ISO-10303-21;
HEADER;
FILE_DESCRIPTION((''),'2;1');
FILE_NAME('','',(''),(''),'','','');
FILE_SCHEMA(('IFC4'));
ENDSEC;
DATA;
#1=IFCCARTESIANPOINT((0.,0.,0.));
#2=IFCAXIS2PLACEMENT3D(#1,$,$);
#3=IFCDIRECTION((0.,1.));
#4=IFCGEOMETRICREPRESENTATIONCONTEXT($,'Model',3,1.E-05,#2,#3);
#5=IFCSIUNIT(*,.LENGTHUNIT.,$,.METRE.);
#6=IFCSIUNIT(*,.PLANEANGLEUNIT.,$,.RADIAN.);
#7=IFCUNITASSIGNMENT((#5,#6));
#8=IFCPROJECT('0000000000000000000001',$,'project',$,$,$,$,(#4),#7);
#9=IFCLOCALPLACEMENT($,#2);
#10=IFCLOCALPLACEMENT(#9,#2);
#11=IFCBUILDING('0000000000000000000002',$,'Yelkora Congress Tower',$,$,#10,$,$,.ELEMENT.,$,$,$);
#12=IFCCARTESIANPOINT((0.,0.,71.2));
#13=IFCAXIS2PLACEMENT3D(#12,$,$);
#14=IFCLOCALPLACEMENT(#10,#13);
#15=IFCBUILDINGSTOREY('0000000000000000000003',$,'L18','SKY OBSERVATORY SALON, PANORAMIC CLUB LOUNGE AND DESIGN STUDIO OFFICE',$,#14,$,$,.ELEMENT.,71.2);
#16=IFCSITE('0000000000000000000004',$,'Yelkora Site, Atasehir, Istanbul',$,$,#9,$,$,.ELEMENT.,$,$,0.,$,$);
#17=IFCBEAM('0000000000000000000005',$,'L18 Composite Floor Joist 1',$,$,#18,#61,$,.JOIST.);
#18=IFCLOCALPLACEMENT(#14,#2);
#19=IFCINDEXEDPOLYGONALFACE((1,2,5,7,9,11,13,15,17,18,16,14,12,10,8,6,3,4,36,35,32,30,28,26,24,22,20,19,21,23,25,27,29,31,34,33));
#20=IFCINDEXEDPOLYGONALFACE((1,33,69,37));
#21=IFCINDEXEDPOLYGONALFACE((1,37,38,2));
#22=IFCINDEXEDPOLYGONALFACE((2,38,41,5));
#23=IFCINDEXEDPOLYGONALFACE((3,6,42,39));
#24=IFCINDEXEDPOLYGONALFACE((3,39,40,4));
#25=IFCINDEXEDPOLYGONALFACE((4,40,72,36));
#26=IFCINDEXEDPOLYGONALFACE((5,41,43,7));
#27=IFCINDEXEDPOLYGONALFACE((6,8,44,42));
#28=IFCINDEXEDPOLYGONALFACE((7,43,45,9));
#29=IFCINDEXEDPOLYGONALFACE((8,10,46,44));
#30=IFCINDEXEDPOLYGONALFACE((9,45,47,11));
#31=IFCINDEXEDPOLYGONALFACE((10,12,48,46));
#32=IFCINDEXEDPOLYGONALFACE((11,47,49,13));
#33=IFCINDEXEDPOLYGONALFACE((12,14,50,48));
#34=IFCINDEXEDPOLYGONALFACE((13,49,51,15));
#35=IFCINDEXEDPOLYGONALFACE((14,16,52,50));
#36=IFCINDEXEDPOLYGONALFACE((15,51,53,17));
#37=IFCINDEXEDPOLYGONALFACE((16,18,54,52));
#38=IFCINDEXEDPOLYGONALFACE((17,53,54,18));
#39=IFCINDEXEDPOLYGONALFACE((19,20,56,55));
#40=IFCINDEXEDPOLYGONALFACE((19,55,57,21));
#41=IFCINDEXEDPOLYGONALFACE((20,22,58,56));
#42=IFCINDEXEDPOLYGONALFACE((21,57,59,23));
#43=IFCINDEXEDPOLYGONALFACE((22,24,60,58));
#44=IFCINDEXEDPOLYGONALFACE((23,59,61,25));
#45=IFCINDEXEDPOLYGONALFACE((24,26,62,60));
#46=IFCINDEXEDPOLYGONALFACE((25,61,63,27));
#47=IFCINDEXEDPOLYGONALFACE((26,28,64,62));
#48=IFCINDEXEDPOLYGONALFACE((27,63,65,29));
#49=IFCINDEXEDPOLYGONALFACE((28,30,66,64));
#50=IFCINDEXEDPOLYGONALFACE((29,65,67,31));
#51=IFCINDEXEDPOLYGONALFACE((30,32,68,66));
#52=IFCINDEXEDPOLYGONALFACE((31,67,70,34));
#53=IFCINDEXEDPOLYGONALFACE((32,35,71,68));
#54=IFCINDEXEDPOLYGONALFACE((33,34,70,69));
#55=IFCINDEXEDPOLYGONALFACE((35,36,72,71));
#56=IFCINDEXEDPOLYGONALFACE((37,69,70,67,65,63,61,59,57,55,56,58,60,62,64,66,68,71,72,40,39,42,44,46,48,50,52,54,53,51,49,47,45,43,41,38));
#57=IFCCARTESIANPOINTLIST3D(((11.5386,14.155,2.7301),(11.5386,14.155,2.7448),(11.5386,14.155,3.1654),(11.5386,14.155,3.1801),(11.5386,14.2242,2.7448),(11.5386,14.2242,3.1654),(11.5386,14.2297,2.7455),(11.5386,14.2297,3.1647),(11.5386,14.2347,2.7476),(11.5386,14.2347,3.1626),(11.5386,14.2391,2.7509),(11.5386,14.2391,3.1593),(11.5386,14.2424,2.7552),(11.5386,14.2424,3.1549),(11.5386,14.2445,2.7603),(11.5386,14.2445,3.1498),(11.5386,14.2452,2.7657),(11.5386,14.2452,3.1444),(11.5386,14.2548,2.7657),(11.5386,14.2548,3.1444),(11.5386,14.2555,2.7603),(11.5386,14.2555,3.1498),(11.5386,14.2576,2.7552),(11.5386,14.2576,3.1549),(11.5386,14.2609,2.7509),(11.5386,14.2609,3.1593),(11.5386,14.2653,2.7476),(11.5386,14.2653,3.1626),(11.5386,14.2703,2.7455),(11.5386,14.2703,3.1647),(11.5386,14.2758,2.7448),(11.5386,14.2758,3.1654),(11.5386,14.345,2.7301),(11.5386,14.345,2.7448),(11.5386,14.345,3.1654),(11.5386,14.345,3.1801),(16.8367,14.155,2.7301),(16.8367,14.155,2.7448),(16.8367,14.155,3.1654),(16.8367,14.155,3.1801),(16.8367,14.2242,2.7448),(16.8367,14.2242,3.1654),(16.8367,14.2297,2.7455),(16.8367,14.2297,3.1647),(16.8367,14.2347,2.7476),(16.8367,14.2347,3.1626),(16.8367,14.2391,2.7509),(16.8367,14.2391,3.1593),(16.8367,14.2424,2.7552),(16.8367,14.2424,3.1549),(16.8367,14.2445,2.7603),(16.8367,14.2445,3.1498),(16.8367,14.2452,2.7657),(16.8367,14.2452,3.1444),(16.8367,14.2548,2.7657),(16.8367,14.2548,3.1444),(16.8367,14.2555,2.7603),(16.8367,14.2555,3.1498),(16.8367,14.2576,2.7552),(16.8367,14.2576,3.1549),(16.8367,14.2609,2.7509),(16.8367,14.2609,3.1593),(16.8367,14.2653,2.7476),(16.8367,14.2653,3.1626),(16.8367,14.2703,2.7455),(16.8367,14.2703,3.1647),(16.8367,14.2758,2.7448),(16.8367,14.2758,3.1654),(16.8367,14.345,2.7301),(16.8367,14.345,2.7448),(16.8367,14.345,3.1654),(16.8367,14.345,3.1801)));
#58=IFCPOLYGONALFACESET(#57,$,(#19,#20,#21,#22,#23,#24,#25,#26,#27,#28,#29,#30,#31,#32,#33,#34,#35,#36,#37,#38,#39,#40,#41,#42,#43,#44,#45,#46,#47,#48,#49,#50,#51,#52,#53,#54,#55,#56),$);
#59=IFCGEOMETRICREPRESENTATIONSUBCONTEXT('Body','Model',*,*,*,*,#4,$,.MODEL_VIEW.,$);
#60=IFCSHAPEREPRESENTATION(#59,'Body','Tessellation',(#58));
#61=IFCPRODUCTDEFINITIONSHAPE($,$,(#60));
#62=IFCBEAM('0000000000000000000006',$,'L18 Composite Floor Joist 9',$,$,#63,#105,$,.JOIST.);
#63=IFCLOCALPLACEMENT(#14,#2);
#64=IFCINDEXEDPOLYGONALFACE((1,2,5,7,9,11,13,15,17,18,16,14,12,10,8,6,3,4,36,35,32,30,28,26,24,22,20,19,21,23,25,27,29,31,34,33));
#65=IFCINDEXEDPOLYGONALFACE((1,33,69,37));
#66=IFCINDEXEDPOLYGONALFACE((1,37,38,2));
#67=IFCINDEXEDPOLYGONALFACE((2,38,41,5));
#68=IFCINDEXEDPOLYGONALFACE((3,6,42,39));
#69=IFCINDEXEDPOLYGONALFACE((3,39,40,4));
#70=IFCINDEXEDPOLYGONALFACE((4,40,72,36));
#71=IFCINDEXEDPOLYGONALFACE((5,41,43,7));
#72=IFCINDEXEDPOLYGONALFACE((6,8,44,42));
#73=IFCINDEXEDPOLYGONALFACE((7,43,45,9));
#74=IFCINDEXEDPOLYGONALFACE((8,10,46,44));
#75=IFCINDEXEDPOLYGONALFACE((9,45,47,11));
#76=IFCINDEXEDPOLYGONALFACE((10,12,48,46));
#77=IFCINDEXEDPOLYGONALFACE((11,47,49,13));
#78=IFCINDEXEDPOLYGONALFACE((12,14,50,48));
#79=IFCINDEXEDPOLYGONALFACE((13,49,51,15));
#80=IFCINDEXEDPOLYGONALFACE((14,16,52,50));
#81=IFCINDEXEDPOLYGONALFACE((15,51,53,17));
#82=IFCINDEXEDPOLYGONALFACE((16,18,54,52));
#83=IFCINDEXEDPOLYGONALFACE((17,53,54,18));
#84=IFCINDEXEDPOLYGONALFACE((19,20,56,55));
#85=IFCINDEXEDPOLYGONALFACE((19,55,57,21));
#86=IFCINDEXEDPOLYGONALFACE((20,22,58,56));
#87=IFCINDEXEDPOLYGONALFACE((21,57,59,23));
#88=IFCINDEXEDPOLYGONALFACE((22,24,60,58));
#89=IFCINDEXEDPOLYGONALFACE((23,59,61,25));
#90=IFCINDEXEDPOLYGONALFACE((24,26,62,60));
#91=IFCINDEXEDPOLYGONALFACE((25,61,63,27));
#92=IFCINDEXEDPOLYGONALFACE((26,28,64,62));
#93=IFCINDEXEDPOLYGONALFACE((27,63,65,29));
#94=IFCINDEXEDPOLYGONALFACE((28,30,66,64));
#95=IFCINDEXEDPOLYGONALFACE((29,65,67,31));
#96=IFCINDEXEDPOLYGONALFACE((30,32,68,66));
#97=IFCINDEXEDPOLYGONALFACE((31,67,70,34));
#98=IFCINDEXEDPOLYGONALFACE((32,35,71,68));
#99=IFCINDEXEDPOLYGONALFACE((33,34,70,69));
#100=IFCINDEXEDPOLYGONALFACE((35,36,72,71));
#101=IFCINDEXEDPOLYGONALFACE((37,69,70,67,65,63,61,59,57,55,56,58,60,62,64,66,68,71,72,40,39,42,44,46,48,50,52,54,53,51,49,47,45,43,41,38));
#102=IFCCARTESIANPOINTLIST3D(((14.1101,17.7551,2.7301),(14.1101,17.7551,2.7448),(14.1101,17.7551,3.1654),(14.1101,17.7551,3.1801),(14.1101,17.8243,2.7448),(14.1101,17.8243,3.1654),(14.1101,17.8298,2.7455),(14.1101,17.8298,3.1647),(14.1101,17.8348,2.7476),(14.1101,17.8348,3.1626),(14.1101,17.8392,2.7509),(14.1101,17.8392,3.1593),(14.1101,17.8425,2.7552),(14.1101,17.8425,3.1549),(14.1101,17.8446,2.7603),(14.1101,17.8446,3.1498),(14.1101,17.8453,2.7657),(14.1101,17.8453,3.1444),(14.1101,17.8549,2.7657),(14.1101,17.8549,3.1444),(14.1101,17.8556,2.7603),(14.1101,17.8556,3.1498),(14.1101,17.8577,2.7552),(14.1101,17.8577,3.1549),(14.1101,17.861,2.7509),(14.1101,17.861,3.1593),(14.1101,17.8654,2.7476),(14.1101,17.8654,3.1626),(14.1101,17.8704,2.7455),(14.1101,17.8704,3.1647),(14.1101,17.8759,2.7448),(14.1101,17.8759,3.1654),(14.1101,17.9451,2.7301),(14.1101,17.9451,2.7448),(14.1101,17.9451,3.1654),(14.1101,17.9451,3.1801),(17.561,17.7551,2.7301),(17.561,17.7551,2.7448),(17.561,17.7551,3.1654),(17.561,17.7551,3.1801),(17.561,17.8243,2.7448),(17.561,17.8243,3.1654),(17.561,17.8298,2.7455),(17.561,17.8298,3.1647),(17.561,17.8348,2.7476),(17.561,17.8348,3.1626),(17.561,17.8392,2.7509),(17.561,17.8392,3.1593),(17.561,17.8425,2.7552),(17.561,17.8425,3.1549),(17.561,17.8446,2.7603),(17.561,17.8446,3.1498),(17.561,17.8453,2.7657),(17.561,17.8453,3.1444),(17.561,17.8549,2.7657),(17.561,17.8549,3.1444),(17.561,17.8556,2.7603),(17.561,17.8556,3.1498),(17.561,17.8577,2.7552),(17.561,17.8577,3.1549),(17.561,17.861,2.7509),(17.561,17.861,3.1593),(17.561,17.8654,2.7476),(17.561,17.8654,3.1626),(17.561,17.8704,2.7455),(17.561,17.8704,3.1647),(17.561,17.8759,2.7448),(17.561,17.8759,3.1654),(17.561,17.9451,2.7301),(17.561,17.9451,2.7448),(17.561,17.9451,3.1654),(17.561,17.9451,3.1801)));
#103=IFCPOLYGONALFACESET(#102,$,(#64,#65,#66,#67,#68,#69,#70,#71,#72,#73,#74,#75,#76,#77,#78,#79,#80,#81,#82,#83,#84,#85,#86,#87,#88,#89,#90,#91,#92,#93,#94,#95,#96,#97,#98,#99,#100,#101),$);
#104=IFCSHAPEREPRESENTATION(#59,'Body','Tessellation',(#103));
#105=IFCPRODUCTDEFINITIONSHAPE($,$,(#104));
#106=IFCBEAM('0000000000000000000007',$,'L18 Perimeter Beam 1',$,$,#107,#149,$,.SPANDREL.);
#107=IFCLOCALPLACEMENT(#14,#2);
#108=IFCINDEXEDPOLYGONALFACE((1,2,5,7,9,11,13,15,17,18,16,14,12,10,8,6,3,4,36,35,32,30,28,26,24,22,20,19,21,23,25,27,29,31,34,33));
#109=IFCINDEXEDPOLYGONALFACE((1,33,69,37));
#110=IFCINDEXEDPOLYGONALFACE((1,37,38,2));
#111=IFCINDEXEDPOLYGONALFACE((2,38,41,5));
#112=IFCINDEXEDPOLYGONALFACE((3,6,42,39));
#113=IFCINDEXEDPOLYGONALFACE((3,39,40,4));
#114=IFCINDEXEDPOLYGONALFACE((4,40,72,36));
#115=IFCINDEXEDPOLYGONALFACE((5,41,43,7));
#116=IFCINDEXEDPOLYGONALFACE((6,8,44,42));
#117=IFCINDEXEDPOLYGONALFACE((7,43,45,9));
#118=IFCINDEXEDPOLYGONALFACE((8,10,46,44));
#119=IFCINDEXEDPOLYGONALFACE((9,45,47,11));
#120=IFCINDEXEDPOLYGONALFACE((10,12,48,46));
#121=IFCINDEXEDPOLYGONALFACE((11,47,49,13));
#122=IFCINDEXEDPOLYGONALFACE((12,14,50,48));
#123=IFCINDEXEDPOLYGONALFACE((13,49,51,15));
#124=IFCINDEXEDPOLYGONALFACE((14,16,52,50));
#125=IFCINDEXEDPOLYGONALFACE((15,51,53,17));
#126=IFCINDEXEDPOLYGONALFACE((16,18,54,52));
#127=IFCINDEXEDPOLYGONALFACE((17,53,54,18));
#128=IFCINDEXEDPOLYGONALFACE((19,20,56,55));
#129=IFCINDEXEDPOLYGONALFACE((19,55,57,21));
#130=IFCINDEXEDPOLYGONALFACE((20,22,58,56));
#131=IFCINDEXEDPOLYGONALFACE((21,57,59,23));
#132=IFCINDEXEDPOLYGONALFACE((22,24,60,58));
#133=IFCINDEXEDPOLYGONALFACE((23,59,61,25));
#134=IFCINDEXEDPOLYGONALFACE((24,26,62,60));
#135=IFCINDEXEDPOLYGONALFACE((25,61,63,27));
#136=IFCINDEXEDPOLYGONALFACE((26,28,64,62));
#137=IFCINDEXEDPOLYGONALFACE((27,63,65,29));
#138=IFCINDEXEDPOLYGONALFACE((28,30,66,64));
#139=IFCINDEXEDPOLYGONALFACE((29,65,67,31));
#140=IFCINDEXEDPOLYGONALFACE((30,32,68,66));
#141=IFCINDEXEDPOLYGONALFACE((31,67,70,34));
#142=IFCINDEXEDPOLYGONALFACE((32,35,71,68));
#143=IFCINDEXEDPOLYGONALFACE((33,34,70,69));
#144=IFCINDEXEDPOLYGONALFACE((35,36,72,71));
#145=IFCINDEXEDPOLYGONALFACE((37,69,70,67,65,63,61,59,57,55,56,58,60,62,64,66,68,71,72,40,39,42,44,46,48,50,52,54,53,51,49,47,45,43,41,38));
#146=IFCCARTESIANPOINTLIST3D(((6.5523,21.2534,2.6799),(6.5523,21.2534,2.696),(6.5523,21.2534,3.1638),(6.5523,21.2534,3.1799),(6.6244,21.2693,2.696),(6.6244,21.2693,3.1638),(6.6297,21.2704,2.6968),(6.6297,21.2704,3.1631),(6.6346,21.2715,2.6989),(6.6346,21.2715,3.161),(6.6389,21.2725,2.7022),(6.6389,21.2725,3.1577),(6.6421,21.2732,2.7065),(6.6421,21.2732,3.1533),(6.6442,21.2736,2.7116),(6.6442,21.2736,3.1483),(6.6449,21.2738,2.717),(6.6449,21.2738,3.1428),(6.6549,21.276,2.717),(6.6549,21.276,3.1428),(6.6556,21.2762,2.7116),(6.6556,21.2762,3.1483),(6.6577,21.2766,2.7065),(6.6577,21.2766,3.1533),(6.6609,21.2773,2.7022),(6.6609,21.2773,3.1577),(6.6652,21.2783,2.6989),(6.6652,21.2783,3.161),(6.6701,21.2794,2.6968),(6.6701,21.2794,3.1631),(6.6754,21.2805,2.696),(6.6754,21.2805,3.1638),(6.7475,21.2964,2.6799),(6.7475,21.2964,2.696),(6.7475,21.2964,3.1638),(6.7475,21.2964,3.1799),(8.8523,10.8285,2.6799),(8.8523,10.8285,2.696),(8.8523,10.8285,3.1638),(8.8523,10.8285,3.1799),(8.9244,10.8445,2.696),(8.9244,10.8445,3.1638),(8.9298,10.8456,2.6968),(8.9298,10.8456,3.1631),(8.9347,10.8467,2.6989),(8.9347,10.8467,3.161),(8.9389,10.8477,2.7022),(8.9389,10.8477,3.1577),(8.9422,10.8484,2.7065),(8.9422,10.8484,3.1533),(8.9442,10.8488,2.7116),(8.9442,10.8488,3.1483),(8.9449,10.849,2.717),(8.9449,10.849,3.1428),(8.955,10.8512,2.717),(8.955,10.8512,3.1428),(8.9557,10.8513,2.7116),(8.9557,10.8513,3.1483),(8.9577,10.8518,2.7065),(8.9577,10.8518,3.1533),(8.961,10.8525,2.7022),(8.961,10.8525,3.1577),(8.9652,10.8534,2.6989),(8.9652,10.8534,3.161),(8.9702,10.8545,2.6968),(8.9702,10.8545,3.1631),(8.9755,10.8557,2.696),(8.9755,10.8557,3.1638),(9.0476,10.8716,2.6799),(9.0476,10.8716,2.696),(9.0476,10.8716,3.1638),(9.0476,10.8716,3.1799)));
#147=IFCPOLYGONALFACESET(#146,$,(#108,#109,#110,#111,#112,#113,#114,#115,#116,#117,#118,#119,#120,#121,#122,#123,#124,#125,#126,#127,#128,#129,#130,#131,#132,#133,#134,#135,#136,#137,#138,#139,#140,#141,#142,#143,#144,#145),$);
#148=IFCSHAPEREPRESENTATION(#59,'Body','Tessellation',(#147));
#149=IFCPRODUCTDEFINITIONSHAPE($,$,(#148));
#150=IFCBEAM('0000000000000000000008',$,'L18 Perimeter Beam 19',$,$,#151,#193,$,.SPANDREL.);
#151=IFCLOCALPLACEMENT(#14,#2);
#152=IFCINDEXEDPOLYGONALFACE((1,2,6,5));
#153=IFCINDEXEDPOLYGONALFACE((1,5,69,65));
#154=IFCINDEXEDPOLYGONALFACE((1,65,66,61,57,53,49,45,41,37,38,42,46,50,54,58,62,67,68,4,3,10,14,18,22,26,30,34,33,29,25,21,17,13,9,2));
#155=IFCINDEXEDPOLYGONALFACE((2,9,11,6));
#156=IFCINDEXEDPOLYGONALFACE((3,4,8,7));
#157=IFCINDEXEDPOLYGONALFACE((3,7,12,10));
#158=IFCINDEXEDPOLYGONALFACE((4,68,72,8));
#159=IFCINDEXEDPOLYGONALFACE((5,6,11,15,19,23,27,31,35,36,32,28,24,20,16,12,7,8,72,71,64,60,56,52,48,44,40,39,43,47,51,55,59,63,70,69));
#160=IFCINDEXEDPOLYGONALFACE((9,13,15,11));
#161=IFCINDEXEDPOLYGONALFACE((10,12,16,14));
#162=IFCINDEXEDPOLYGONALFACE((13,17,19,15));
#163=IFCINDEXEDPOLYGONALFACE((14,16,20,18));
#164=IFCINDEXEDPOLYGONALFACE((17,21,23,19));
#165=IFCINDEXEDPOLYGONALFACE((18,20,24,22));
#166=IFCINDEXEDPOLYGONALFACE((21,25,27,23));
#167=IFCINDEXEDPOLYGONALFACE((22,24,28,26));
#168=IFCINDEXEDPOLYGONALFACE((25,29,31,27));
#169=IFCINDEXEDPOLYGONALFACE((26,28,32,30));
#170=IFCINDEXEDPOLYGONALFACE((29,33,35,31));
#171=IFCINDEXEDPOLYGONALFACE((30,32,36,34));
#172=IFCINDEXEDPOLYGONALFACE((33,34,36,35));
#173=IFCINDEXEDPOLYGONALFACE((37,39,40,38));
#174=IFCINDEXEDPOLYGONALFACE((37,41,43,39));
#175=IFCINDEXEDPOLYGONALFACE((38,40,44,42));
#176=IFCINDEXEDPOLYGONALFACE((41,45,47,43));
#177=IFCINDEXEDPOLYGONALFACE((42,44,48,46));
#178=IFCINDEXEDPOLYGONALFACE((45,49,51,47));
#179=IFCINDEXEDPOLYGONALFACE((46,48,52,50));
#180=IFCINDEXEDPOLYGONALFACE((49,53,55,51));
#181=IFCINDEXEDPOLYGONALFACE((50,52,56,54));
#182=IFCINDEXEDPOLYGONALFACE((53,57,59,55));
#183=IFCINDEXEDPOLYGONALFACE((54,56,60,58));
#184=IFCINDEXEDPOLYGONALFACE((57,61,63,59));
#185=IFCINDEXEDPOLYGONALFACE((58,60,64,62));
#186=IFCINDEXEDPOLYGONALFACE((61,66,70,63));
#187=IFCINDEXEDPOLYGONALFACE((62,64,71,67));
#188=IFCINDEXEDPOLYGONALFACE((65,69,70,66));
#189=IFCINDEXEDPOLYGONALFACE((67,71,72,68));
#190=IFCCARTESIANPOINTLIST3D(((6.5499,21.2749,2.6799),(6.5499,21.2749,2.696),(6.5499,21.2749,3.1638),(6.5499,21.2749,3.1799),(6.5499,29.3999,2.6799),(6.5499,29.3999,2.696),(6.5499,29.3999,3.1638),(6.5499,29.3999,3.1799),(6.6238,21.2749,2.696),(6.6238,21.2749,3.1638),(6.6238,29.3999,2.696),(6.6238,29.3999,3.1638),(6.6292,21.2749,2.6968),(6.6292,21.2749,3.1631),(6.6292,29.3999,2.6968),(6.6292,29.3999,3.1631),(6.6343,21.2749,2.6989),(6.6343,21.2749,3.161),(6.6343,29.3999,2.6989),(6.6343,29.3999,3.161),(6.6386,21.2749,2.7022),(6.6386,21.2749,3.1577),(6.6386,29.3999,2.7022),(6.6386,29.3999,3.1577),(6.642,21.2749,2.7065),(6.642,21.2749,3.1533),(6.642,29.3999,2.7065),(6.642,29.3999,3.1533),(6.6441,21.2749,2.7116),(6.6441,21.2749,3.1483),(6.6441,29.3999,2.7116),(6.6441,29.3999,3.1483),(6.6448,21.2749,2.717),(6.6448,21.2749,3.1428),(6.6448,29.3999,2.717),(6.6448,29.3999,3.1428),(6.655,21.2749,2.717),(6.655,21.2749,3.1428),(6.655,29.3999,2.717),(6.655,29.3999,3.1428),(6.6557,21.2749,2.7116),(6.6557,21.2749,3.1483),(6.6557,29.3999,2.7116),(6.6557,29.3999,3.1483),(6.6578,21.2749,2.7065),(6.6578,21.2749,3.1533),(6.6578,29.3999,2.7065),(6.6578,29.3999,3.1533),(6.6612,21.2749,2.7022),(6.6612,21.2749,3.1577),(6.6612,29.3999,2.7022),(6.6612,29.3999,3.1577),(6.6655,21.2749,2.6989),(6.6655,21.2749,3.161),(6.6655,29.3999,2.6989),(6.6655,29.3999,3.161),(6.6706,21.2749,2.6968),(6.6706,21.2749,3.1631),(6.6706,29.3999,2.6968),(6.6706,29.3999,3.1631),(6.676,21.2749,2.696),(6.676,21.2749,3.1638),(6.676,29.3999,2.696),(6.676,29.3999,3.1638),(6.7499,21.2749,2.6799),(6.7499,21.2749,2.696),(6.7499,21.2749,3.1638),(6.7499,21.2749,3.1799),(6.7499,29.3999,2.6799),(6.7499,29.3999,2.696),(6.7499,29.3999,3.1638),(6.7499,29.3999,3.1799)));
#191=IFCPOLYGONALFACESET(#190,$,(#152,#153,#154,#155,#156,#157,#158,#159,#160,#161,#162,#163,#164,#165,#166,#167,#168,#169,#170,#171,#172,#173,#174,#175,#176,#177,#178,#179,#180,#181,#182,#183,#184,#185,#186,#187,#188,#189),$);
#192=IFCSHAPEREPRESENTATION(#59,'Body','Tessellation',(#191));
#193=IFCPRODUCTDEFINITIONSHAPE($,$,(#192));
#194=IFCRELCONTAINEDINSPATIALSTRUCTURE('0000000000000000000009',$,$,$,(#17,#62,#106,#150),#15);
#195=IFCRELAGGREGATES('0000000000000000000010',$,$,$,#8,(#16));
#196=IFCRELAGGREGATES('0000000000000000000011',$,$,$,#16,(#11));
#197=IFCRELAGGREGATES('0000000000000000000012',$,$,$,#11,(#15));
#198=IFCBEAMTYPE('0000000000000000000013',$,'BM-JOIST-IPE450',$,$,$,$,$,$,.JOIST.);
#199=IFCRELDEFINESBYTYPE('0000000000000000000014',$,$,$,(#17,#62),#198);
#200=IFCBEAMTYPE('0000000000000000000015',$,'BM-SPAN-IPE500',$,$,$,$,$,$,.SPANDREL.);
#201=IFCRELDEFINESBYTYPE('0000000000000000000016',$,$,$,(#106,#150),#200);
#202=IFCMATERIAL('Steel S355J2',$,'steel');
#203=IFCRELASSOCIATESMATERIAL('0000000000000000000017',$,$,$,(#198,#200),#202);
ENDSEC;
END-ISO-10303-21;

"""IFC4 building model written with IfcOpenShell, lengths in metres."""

from ifc_helpers import new_model, si_unit, direction, frame, origin, origin_2d, place, context, subcontext, project, spatial, i_section, extrude, material, material_profile, profile_set, type_object, element, save


model = new_model("IFC4")

# Units and contexts
model_context = context("Model", 3, precision=1e-05, world=origin(), true_north=direction((0.0, 1.0)))
body_context = subcontext(model_context, "Body", "Model", "MODEL_VIEW")
ifc_project = project(units=[si_unit("LENGTHUNIT", "METRE"), si_unit("PLANEANGLEUNIT", "RADIAN")], contexts=[model_context])

# Site, building, storey
site_placement = place(None, origin())
site = spatial("IfcSite", under=ifc_project, at=site_placement, Name="Yelkora Site, Atasehir, Istanbul", CompositionType="ELEMENT", RefElevation=0.0)
building_placement = place(site_placement, origin())
building = spatial("IfcBuilding", under=site, at=building_placement, Name="Yelkora Congress Tower", CompositionType="ELEMENT")
storey_placement = place(building_placement, frame((0.0, 0.0, 71.2)))
storey = spatial("IfcBuildingStorey", under=building, at=storey_placement, Name="L18", Description="SKY OBSERVATORY SALON, PANORAMIC CLUB LOUNGE AND DESIGN STUDIO OFFICE", CompositionType="ELEMENT", Elevation=71.2)

# Beams
ifc_material_1 = material(Name="Steel S355J2", Category="steel")
ifc_material_profile_1 = material_profile(ifc_material_1, i_section(OverallWidth=0.1899, OverallDepth=0.45, WebThickness=0.0095, FlangeThickness=0.0146, FilletRadius=0.021, at=origin_2d()), Name="IPE 450")
ifc_profile_set_1 = profile_set([ifc_material_profile_1], Name="Steel S355J2")
beam_type_1 = type_object("IfcBeamType", Name="BM-JOIST-IPE450", PredefinedType="JOIST", material=ifc_profile_set_1)
beam_1_placement = place(storey_placement, frame((11.5386, 14.25, 2.9551), z_axis=(1.0, 0.0, 0.0), x_axis=(0.0, 1.0, 0.0)))
element("IfcBeam", 1, at=beam_1_placement, inside=storey, type_object=beam_type_1, Name="L18 Composite Floor Joist 1", PredefinedType="JOIST", context=body_context, shape_type="SweptSolid", body=[
    extrude(i_section(OverallWidth=0.1899, OverallDepth=0.45, WebThickness=0.0095, FlangeThickness=0.0146, FilletRadius=0.021, at=origin_2d()), origin(), (0.0, 0.0, 1.0), 5.2981),
])
beam_2_placement = place(storey_placement, frame((14.1101, 17.8501, 2.9551), z_axis=(1.0, 0.0, 0.0), x_axis=(0.0, 1.0, 0.0)))
element("IfcBeam", 2, at=beam_2_placement, inside=storey, type_object=beam_type_1, Name="L18 Composite Floor Joist 9", PredefinedType="JOIST", context=body_context, shape_type="SweptSolid", body=[
    extrude(i_section(OverallWidth=0.1899, OverallDepth=0.45, WebThickness=0.0095, FlangeThickness=0.0146, FilletRadius=0.021, at=origin_2d()), origin(), (0.0, 0.0, 1.0), 3.4509),
])
ifc_material_profile_2 = material_profile(ifc_material_1, i_section(OverallWidth=0.2, OverallDepth=0.5, WebThickness=0.0103, FlangeThickness=0.0161, FilletRadius=0.021, at=origin_2d()), Name="IPE 500")
ifc_profile_set_2 = profile_set([ifc_material_profile_2], Name="Steel S355J2")
beam_type_2 = type_object("IfcBeamType", Name="BM-SPAN-IPE500", PredefinedType="SPANDREL", material=ifc_profile_set_2)
beam_3_placement = place(storey_placement, frame((6.6499, 21.2749, 2.9299), z_axis=(0.215451, -0.976515, 0.0), x_axis=(0.976515, 0.215451, 0.0)))
element("IfcBeam", 3, at=beam_3_placement, inside=storey, type_object=beam_type_2, Name="L18 Perimeter Beam 1", PredefinedType="SPANDREL", context=body_context, shape_type="SweptSolid", body=[
    extrude(i_section(OverallWidth=0.2, OverallDepth=0.5, WebThickness=0.0103, FlangeThickness=0.0161, FilletRadius=0.021, at=origin_2d()), origin(), (0.0, 0.0, 1.0), 10.6755),
])
beam_4_placement = place(storey_placement, frame((6.6499, 29.3999, 2.9299), z_axis=(0.0, -1.0, 0.0), x_axis=(1.0, 0.0, 0.0)))
element("IfcBeam", 4, at=beam_4_placement, inside=storey, type_object=beam_type_2, Name="L18 Perimeter Beam 19", PredefinedType="SPANDREL", context=body_context, shape_type="SweptSolid", body=[
    extrude(i_section(OverallWidth=0.2, OverallDepth=0.5, WebThickness=0.0103, FlangeThickness=0.0161, FilletRadius=0.021, at=origin_2d()), origin(), (0.0, 0.0, 1.0), 8.125),
])

save(model, "model.ifc")
